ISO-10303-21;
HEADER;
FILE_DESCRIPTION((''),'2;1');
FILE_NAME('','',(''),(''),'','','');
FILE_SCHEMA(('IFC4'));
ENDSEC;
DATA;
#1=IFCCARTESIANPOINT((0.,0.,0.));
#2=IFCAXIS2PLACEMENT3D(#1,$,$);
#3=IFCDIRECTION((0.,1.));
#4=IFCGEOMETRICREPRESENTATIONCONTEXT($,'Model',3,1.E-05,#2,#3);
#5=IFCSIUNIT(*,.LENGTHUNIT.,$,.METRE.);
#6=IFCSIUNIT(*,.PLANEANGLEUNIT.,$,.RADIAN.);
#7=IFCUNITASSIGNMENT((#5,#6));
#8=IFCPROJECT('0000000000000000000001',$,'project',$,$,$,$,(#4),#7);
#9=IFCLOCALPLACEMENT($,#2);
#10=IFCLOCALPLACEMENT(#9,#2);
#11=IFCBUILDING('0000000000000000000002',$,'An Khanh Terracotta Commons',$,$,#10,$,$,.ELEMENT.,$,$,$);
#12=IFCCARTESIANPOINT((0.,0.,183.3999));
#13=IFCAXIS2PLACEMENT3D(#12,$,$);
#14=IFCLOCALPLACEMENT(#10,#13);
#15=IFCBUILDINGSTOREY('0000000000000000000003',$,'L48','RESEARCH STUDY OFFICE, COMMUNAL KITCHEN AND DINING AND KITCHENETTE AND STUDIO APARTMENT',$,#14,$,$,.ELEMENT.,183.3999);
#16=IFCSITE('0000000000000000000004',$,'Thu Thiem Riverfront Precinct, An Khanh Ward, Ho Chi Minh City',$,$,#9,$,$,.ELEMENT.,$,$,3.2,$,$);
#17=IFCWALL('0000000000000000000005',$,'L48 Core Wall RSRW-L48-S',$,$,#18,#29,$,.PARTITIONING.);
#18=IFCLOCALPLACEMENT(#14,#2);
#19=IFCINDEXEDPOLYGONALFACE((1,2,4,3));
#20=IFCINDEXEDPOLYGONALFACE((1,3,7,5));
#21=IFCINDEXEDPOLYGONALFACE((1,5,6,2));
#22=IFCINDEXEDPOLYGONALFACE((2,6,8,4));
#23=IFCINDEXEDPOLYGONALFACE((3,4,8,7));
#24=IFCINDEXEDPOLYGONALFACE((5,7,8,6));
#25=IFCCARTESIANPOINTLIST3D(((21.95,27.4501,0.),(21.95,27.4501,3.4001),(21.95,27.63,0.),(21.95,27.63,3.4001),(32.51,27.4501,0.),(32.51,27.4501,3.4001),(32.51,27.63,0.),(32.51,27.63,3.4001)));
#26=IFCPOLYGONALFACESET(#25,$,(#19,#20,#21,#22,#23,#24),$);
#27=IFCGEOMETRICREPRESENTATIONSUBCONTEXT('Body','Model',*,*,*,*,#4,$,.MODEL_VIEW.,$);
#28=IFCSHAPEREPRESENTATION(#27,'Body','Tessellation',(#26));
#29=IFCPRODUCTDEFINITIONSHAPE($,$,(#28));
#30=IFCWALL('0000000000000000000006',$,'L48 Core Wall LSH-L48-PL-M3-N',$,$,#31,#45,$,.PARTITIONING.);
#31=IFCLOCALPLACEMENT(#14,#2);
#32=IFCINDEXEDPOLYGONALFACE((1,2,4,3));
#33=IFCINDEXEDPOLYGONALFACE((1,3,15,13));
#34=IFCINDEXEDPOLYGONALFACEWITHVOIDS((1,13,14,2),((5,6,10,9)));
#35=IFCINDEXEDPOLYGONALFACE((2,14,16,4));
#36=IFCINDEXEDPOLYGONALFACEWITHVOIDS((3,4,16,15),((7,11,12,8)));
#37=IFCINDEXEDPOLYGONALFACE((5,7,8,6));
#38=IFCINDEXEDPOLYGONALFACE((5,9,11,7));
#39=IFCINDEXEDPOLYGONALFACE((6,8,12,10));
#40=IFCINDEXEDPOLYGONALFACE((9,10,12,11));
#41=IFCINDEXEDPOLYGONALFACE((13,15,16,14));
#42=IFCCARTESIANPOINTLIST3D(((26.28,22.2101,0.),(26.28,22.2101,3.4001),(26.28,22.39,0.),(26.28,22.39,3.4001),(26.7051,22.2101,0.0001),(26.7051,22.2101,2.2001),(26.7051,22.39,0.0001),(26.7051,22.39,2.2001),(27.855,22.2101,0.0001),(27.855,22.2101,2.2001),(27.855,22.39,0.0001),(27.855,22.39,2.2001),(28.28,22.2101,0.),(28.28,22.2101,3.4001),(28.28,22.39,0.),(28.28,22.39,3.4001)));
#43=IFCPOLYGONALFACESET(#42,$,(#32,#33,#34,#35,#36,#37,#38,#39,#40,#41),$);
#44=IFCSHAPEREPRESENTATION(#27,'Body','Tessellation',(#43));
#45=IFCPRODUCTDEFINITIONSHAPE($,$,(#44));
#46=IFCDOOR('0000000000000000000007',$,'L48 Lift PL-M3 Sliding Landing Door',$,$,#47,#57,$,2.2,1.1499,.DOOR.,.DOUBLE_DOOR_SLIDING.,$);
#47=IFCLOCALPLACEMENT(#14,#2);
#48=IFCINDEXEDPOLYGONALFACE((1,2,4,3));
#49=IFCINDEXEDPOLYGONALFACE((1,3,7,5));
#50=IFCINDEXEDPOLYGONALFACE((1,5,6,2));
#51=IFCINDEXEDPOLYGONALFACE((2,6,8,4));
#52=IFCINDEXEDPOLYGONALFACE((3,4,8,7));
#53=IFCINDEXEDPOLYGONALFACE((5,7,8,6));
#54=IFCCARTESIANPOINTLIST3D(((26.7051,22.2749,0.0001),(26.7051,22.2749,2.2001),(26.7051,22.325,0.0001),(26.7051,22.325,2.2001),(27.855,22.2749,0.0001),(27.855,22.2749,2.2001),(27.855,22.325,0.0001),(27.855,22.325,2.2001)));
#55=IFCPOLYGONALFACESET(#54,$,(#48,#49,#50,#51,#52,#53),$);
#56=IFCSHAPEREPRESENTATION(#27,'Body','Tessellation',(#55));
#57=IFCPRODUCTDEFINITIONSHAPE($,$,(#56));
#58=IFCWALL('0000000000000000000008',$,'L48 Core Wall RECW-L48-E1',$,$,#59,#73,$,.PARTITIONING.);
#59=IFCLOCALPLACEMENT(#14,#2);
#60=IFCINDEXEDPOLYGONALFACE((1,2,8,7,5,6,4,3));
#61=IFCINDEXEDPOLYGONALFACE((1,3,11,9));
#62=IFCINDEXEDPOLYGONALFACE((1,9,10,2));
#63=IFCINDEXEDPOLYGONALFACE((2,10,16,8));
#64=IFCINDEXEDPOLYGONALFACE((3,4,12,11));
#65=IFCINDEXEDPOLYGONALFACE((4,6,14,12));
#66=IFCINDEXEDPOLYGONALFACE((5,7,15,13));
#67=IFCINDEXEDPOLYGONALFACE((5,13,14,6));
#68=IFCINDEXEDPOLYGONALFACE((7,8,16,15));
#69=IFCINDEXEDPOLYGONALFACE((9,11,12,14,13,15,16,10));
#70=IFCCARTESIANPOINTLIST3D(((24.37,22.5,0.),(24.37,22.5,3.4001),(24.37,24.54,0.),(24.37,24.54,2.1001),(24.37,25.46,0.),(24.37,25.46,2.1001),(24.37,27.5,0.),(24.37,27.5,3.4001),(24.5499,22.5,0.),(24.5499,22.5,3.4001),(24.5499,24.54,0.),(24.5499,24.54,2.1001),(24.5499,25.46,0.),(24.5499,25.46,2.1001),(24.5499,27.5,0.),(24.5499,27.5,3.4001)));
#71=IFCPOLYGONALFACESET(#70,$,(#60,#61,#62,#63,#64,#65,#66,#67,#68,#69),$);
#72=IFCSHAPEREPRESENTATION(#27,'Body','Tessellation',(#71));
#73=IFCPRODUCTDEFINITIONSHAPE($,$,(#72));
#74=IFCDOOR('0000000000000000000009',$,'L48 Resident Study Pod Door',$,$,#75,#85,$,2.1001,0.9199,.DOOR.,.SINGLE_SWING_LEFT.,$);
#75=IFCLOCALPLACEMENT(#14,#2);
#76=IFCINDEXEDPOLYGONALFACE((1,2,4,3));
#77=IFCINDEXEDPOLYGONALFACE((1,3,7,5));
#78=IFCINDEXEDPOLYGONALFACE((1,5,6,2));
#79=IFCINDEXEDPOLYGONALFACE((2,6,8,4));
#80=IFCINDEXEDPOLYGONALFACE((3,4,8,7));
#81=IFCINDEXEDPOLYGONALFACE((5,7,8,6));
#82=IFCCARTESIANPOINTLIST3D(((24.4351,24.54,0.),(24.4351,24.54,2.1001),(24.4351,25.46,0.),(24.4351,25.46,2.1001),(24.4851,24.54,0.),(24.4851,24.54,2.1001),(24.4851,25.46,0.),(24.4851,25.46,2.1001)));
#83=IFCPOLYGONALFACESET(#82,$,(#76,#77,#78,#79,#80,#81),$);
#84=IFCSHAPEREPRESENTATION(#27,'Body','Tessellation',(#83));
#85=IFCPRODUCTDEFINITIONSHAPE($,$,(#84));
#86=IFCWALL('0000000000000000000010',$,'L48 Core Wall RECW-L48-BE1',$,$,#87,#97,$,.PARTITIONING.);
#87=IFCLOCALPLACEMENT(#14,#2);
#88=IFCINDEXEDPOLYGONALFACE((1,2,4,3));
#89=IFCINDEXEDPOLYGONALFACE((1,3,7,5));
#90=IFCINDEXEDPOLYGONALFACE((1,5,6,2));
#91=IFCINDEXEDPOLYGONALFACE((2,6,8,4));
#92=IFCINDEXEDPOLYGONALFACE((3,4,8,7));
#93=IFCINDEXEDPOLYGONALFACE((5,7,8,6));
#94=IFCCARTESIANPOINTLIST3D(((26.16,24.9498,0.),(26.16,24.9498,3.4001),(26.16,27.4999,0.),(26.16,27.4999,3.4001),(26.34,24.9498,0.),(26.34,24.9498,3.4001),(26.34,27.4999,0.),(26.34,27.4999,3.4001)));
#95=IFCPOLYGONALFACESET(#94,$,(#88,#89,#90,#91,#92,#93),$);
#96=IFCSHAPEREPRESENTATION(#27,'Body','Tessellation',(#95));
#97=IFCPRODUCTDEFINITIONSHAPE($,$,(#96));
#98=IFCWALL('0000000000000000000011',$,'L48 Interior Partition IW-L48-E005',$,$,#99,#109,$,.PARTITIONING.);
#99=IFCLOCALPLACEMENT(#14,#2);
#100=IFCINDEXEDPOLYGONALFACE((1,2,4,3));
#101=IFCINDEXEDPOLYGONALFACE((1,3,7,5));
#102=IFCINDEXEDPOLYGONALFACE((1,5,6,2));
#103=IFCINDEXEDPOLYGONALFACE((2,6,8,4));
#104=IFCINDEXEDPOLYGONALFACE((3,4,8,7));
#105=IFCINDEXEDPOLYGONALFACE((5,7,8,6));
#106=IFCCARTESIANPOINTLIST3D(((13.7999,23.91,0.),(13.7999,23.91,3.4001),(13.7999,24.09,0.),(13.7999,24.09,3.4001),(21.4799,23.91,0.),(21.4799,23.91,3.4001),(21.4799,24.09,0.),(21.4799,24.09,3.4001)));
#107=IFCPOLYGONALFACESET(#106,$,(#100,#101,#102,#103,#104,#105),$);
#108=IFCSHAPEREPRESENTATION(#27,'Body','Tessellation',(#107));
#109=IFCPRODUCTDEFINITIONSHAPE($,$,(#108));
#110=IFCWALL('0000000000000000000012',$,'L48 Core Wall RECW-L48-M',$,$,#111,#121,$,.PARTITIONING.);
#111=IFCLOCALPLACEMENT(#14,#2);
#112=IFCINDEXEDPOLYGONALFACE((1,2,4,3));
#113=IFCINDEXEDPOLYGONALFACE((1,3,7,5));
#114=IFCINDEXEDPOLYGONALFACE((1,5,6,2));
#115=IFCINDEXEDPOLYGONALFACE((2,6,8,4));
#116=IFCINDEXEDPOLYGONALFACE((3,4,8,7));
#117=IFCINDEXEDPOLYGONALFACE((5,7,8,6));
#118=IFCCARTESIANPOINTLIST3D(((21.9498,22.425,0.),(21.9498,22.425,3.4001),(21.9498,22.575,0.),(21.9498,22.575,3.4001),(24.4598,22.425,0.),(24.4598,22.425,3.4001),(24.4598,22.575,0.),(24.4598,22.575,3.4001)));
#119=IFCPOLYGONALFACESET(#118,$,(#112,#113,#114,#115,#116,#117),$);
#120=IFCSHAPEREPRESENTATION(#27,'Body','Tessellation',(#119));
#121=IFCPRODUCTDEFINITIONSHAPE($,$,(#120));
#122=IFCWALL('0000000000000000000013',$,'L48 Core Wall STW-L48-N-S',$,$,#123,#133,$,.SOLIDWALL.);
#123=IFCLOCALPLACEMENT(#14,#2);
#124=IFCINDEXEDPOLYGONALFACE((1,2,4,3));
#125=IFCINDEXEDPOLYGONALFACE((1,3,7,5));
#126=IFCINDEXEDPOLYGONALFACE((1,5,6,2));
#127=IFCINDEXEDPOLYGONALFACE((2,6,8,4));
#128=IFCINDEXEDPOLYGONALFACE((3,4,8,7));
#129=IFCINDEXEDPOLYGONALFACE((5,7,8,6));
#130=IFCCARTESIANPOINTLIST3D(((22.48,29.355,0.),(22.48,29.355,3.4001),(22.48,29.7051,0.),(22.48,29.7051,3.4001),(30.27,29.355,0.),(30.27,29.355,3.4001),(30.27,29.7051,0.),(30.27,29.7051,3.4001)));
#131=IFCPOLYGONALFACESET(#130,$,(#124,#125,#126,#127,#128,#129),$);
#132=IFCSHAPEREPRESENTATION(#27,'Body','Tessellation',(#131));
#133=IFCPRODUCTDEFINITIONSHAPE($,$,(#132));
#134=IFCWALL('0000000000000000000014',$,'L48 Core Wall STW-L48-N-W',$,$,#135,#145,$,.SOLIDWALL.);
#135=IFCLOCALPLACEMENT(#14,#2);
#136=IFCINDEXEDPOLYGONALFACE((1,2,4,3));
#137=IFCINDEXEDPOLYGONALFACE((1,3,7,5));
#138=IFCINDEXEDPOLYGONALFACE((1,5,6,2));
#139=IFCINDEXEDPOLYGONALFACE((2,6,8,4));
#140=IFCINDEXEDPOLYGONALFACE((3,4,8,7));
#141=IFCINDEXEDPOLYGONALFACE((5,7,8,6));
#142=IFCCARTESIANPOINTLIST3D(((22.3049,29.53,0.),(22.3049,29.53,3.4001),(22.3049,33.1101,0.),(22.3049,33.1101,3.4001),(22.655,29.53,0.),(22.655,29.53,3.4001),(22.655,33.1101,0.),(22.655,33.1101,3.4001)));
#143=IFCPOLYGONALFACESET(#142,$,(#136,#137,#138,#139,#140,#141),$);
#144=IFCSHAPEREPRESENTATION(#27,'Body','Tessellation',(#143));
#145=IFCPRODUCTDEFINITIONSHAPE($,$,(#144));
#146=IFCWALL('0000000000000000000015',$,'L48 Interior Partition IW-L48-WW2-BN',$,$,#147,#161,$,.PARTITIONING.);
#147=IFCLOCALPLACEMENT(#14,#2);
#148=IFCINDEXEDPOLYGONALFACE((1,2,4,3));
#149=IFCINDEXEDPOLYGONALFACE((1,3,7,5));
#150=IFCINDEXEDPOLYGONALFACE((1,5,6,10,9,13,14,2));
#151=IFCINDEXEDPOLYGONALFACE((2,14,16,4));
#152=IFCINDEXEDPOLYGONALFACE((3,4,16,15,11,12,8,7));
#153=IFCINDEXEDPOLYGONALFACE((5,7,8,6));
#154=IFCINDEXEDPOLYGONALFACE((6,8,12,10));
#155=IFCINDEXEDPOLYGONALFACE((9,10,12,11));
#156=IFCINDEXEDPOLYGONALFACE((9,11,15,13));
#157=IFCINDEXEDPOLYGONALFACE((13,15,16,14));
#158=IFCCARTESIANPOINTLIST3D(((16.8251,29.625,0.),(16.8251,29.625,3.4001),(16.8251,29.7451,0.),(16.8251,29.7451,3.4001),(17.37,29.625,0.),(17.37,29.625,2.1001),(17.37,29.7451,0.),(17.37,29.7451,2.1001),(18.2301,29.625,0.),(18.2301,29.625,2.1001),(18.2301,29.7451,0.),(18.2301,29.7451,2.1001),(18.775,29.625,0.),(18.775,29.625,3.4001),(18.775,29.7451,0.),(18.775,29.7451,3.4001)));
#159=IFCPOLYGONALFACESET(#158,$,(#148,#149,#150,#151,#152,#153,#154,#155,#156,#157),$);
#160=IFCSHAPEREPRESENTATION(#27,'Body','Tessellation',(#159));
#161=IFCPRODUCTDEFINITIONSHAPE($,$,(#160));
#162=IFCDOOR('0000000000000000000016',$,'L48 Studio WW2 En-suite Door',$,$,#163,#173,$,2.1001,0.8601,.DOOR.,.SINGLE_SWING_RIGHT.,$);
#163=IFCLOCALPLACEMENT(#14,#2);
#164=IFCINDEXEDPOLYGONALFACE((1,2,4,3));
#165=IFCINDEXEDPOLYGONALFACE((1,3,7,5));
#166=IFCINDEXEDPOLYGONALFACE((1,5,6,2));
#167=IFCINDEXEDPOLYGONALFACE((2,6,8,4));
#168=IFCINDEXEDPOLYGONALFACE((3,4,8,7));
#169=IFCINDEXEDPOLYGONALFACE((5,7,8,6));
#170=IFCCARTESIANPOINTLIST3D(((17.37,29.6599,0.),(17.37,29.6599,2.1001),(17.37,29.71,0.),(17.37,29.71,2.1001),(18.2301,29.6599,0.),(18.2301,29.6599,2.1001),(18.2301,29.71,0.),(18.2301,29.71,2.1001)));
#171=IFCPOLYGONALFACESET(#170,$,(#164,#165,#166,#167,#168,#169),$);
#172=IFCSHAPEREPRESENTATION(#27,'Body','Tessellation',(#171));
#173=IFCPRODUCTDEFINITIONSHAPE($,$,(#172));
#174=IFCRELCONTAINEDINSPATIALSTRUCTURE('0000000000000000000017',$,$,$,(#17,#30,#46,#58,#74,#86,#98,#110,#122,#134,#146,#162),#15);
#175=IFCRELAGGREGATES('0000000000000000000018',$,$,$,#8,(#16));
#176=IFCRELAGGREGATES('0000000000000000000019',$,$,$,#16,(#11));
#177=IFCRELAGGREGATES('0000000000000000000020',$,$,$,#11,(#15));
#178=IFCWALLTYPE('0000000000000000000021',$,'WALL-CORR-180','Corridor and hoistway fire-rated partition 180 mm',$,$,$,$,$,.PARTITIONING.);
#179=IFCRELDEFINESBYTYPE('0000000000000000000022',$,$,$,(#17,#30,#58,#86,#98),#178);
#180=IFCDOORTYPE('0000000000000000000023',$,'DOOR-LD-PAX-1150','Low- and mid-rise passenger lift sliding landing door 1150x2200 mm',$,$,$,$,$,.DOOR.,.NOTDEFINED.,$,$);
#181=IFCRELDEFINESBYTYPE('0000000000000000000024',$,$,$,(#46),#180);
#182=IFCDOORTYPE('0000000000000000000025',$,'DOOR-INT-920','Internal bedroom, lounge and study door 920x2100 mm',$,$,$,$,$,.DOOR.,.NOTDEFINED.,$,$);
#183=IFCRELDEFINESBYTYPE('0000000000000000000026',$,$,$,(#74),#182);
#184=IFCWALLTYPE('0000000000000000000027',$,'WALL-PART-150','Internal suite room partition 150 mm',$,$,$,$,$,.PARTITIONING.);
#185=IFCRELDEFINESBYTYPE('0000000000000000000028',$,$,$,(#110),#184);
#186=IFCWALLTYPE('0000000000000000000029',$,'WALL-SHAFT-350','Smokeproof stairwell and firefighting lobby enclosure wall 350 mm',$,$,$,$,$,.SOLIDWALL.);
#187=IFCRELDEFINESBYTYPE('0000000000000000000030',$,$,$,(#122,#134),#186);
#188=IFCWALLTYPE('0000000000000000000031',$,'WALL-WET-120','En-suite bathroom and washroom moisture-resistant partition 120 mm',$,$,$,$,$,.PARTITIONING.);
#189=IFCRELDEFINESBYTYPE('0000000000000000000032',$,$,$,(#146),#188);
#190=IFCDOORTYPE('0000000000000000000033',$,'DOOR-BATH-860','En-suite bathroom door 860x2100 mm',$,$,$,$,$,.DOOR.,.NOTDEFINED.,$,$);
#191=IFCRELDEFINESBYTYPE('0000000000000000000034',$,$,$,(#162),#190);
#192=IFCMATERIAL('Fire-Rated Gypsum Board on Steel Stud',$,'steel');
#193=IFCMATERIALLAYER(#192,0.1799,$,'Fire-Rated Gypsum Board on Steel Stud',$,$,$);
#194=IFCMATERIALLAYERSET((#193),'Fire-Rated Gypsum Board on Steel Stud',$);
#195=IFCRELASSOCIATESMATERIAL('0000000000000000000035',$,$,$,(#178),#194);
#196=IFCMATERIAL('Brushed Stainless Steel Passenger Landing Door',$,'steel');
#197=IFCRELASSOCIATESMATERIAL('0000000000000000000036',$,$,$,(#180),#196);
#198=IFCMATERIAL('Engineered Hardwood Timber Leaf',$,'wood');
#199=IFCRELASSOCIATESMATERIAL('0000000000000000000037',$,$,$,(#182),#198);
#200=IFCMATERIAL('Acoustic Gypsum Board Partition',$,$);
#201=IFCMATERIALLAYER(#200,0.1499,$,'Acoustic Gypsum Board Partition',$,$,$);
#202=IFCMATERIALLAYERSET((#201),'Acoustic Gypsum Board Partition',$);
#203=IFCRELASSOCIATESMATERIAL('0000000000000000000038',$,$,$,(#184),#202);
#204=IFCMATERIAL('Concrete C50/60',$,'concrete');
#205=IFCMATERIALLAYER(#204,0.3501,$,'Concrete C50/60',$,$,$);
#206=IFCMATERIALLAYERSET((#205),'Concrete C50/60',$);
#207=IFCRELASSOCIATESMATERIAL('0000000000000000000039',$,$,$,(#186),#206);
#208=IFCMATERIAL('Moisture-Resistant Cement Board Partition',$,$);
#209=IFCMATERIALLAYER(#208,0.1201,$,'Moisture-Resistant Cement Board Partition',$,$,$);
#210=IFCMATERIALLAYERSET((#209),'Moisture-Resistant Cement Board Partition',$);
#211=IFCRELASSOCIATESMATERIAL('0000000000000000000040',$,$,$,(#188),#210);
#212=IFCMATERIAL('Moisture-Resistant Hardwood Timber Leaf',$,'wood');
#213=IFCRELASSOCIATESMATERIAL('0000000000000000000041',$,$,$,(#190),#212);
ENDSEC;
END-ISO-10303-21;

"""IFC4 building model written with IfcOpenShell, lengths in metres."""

from ifc_helpers import new_model, si_unit, direction, frame, frame_2d, origin, place, context, subcontext, project, spatial, rectangle, extrude, material, layer, layer_set, type_object, element, fill, save


model = new_model("IFC4")

# Units and contexts
model_context = context("Model", 3, precision=1e-05, world=origin(), true_north=direction((0.0, 1.0)))
body_context = subcontext(model_context, "Body", "Model", "MODEL_VIEW")
ifc_project = project(units=[si_unit("LENGTHUNIT", "METRE"), si_unit("PLANEANGLEUNIT", "RADIAN")], contexts=[model_context])

# Site, building, storey
site_placement = place(None, origin())
site = spatial("IfcSite", under=ifc_project, at=site_placement, Name="Thu Thiem Riverfront Precinct, An Khanh Ward, Ho Chi Minh City", CompositionType="ELEMENT", RefElevation=3.2)
building_placement = place(site_placement, origin())
building = spatial("IfcBuilding", under=site, at=building_placement, Name="An Khanh Terracotta Commons", CompositionType="ELEMENT")
storey_placement = place(building_placement, frame((0.0, 0.0, 183.3999)))
storey = spatial("IfcBuildingStorey", under=building, at=storey_placement, Name="L48", Description="RESEARCH STUDY OFFICE, COMMUNAL KITCHEN AND DINING AND KITCHENETTE AND STUDIO APARTMENT", CompositionType="ELEMENT", Elevation=183.3999)

# Wall
ifc_material_1 = material(Name="Fire-Rated Gypsum Board on Steel Stud", Category="steel")
ifc_layer_1 = layer(ifc_material_1, 0.1799, Name="Fire-Rated Gypsum Board on Steel Stud")
ifc_layer_set_1 = layer_set([ifc_layer_1], Name="Fire-Rated Gypsum Board on Steel Stud")
wall_type_1 = type_object("IfcWallType", Name="WALL-CORR-180", Description="Corridor and hoistway fire-rated partition 180 mm", PredefinedType="PARTITIONING", material=ifc_layer_set_1)
wall_1_placement = place(storey_placement, frame((21.95, 27.54, 0.0), z_axis=(0.0, 0.0, 1.0), x_axis=(1.0, 0.0, 0.0)))
element("IfcWall", 1, at=wall_1_placement, inside=storey, type_object=wall_type_1, Name="L48 Core Wall RSRW-L48-S", PredefinedType="PARTITIONING", context=body_context, shape_type="SweptSolid", body=[
    extrude(rectangle(XDim=10.5601, YDim=0.1799, at=frame_2d((5.28, 0.0))), origin(), (0.0, 0.0, 1.0), 3.4001),
])

# Walls, openings, doors
wall_2_placement = place(storey_placement, frame((26.28, 22.3, 0.0), z_axis=(0.0, 0.0, 1.0), x_axis=(1.0, 0.0, 0.0)))
wall_2 = element("IfcWall", 2, at=wall_2_placement, inside=storey, type_object=wall_type_1, Name="L48 Core Wall LSH-L48-PL-M3-N", PredefinedType="PARTITIONING", context=body_context, shape_type="SweptSolid", body=[
    extrude(rectangle(XDim=2.0, YDim=0.1799, at=frame_2d((1.0, 0.0))), origin(), (0.0, 0.0, 1.0), 3.4001),
])
opening_1_placement = place(wall_2_placement, frame((0.425, 0.0, 0.0)))
opening_1 = element("IfcOpeningElement", 3, at=opening_1_placement, cuts=wall_2, PredefinedType="OPENING", context=body_context, shape_type="SweptSolid", body=[
    extrude(rectangle(XDim=1.1499, YDim=2.2, at=frame_2d((0.575, 1.1001))), frame((0.0, 0.0999, 0.0), z_axis=(0.0, -1.0, 0.0), x_axis=(1.0, 0.0, 0.0)), (0.0, 0.0, 1.0), 0.2),
])
ifc_material_2 = material(Name="Brushed Stainless Steel Passenger Landing Door", Category="steel")
door_type_1 = type_object("IfcDoorType", Name="DOOR-LD-PAX-1150", Description="Low- and mid-rise passenger lift sliding landing door 1150x2200 mm", OperationType="NOTDEFINED", PredefinedType="DOOR", material=ifc_material_2)
door_1_placement = place(opening_1_placement, origin())
door_1 = element("IfcDoor", 4, at=door_1_placement, inside=storey, type_object=door_type_1, Name="L48 Lift PL-M3 Sliding Landing Door", OperationType="DOUBLE_DOOR_SLIDING", OverallHeight=2.2, OverallWidth=1.1499, PredefinedType="DOOR", context=body_context, shape_type="SweptSolid", body=[
    extrude(rectangle(XDim=1.1499, YDim=2.2, at=frame_2d((0.575, 1.1001))), frame((0.0, 0.0249, 0.0), z_axis=(0.0, -1.0, 0.0), x_axis=(1.0, 0.0, 0.0)), (0.0, 0.0, 1.0), 0.05),
])
fill(opening_1, door_1)
wall_3_placement = place(storey_placement, frame((24.46, 22.5, 0.0), z_axis=(0.0, 0.0, 1.0), x_axis=(0.0, 1.0, 0.0)))
wall_3 = element("IfcWall", 5, at=wall_3_placement, inside=storey, type_object=wall_type_1, Name="L48 Core Wall RECW-L48-E1", PredefinedType="PARTITIONING", context=body_context, shape_type="SweptSolid", body=[
    extrude(rectangle(XDim=5.0, YDim=0.1799, at=frame_2d((2.5, 0.0))), origin(), (0.0, 0.0, 1.0), 3.4001),
])
opening_2_placement = place(wall_3_placement, frame((2.04, 0.0, 0.0)))
opening_2 = element("IfcOpeningElement", 6, at=opening_2_placement, cuts=wall_3, PredefinedType="OPENING", context=body_context, shape_type="SweptSolid", body=[
    extrude(rectangle(XDim=0.9199, YDim=2.1001, at=frame_2d((0.46, 1.05))), frame((0.0, 0.0999, 0.0), z_axis=(0.0, -1.0, 0.0), x_axis=(1.0, 0.0, 0.0)), (0.0, 0.0, 1.0), 0.2),
])
ifc_material_3 = material(Name="Engineered Hardwood Timber Leaf", Category="wood")
door_type_2 = type_object("IfcDoorType", Name="DOOR-INT-920", Description="Internal bedroom, lounge and study door 920x2100 mm", OperationType="NOTDEFINED", PredefinedType="DOOR", material=ifc_material_3)
door_2_placement = place(opening_2_placement, origin())
door_2 = element("IfcDoor", 7, at=door_2_placement, inside=storey, type_object=door_type_2, Name="L48 Resident Study Pod Door", OperationType="SINGLE_SWING_LEFT", OverallHeight=2.1001, OverallWidth=0.9199, PredefinedType="DOOR", context=body_context, shape_type="SweptSolid", body=[
    extrude(rectangle(XDim=0.9199, YDim=2.1001, at=frame_2d((0.46, 1.05))), frame((0.0, 0.0249, 0.0), z_axis=(0.0, -1.0, 0.0), x_axis=(1.0, 0.0, 0.0)), (0.0, 0.0, 1.0), 0.05),
])
fill(opening_2, door_2)

# Walls
wall_4_placement = place(storey_placement, frame((26.25, 24.95, 0.0), z_axis=(0.0, 0.0, 1.0), x_axis=(0.0, 1.0, 0.0)))
element("IfcWall", 8, at=wall_4_placement, inside=storey, type_object=wall_type_1, Name="L48 Core Wall RECW-L48-BE1", PredefinedType="PARTITIONING", context=body_context, shape_type="SweptSolid", body=[
    extrude(rectangle(XDim=2.55, YDim=0.1799, at=frame_2d((1.2749, 0.0))), origin(), (0.0, 0.0, 1.0), 3.4001),
])
wall_5_placement = place(storey_placement, frame((13.8, 24.0, 0.0), z_axis=(0.0, 0.0, 1.0), x_axis=(1.0, 0.0, 0.0)))
element("IfcWall", 9, at=wall_5_placement, inside=storey, type_object=wall_type_1, Name="L48 Interior Partition IW-L48-E005", PredefinedType="PARTITIONING", context=body_context, shape_type="SweptSolid", body=[
    extrude(rectangle(XDim=7.6799, YDim=0.1799, at=frame_2d((3.8398, 0.0))), origin(), (0.0, 0.0, 1.0), 3.4001),
])
ifc_material_4 = material(Name="Acoustic Gypsum Board Partition")
ifc_layer_2 = layer(ifc_material_4, 0.1499, Name="Acoustic Gypsum Board Partition")
ifc_layer_set_2 = layer_set([ifc_layer_2], Name="Acoustic Gypsum Board Partition")
wall_type_2 = type_object("IfcWallType", Name="WALL-PART-150", Description="Internal suite room partition 150 mm", PredefinedType="PARTITIONING", material=ifc_layer_set_2)
wall_6_placement = place(storey_placement, frame((21.95, 22.5, 0.0), z_axis=(0.0, 0.0, 1.0), x_axis=(1.0, 0.0, 0.0)))
element("IfcWall", 10, at=wall_6_placement, inside=storey, type_object=wall_type_2, Name="L48 Core Wall RECW-L48-M", PredefinedType="PARTITIONING", context=body_context, shape_type="SweptSolid", body=[
    extrude(rectangle(XDim=2.51, YDim=0.1499, at=frame_2d((1.2549, 0.0))), origin(), (0.0, 0.0, 1.0), 3.4001),
])
ifc_material_5 = material(Name="Concrete C50/60", Category="concrete")
ifc_layer_3 = layer(ifc_material_5, 0.3501, Name="Concrete C50/60")
ifc_layer_set_3 = layer_set([ifc_layer_3], Name="Concrete C50/60")
wall_type_3 = type_object("IfcWallType", Name="WALL-SHAFT-350", Description="Smokeproof stairwell and firefighting lobby enclosure wall 350 mm", PredefinedType="SOLIDWALL", material=ifc_layer_set_3)
wall_7_placement = place(storey_placement, frame((22.48, 29.53, 0.0), z_axis=(0.0, 0.0, 1.0), x_axis=(1.0, 0.0, 0.0)))
element("IfcWall", 11, at=wall_7_placement, inside=storey, type_object=wall_type_3, Name="L48 Core Wall STW-L48-N-S", PredefinedType="SOLIDWALL", context=body_context, shape_type="SweptSolid", body=[
    extrude(rectangle(XDim=7.79, YDim=0.3501, at=frame_2d((3.895, 0.0))), origin(), (0.0, 0.0, 1.0), 3.4001),
])
wall_8_placement = place(storey_placement, frame((22.48, 29.53, 0.0), z_axis=(0.0, 0.0, 1.0), x_axis=(0.0, 1.0, 0.0)))
element("IfcWall", 12, at=wall_8_placement, inside=storey, type_object=wall_type_3, Name="L48 Core Wall STW-L48-N-W", PredefinedType="SOLIDWALL", context=body_context, shape_type="SweptSolid", body=[
    extrude(rectangle(XDim=3.5801, YDim=0.3501, at=frame_2d((1.79, 0.0))), origin(), (0.0, 0.0, 1.0), 3.4001),
])

# Wall, opening, door
ifc_material_6 = material(Name="Moisture-Resistant Cement Board Partition")
ifc_layer_4 = layer(ifc_material_6, 0.1201, Name="Moisture-Resistant Cement Board Partition")
ifc_layer_set_4 = layer_set([ifc_layer_4], Name="Moisture-Resistant Cement Board Partition")
wall_type_4 = type_object("IfcWallType", Name="WALL-WET-120", Description="En-suite bathroom and washroom moisture-resistant partition 120 mm", PredefinedType="PARTITIONING", material=ifc_layer_set_4)
wall_9_placement = place(storey_placement, frame((16.825, 29.6851, 0.0), z_axis=(0.0, 0.0, 1.0), x_axis=(1.0, 0.0, 0.0)))
wall_9 = element("IfcWall", 13, at=wall_9_placement, inside=storey, type_object=wall_type_4, Name="L48 Interior Partition IW-L48-WW2-BN", PredefinedType="PARTITIONING", context=body_context, shape_type="SweptSolid", body=[
    extrude(rectangle(XDim=1.95, YDim=0.1201, at=frame_2d((0.9751, 0.0))), origin(), (0.0, 0.0, 1.0), 3.4001),
])
opening_3_placement = place(wall_9_placement, frame((0.5449, 0.0, 0.0)))
opening_3 = element("IfcOpeningElement", 14, at=opening_3_placement, cuts=wall_9, PredefinedType="OPENING", context=body_context, shape_type="SweptSolid", body=[
    extrude(rectangle(XDim=0.8601, YDim=2.1001, at=frame_2d((0.4302, 1.05))), frame((0.0, 0.0701, 0.0), z_axis=(0.0, -1.0, 0.0), x_axis=(1.0, 0.0, 0.0)), (0.0, 0.0, 1.0), 0.1401),
])
ifc_material_7 = material(Name="Moisture-Resistant Hardwood Timber Leaf", Category="wood")
door_type_3 = type_object("IfcDoorType", Name="DOOR-BATH-860", Description="En-suite bathroom door 860x2100 mm", OperationType="NOTDEFINED", PredefinedType="DOOR", material=ifc_material_7)
door_3_placement = place(opening_3_placement, origin())
door_3 = element("IfcDoor", 15, at=door_3_placement, inside=storey, type_object=door_type_3, Name="L48 Studio WW2 En-suite Door", OperationType="SINGLE_SWING_RIGHT", OverallHeight=2.1001, OverallWidth=0.8601, PredefinedType="DOOR", context=body_context, shape_type="SweptSolid", body=[
    extrude(rectangle(XDim=0.8601, YDim=2.1001, at=frame_2d((0.4302, 1.05))), frame((0.0, 0.0249, 0.0), z_axis=(0.0, -1.0, 0.0), x_axis=(1.0, 0.0, 0.0)), (0.0, 0.0, 1.0), 0.05),
])
fill(opening_3, door_3)

save(model, "model.ifc")
